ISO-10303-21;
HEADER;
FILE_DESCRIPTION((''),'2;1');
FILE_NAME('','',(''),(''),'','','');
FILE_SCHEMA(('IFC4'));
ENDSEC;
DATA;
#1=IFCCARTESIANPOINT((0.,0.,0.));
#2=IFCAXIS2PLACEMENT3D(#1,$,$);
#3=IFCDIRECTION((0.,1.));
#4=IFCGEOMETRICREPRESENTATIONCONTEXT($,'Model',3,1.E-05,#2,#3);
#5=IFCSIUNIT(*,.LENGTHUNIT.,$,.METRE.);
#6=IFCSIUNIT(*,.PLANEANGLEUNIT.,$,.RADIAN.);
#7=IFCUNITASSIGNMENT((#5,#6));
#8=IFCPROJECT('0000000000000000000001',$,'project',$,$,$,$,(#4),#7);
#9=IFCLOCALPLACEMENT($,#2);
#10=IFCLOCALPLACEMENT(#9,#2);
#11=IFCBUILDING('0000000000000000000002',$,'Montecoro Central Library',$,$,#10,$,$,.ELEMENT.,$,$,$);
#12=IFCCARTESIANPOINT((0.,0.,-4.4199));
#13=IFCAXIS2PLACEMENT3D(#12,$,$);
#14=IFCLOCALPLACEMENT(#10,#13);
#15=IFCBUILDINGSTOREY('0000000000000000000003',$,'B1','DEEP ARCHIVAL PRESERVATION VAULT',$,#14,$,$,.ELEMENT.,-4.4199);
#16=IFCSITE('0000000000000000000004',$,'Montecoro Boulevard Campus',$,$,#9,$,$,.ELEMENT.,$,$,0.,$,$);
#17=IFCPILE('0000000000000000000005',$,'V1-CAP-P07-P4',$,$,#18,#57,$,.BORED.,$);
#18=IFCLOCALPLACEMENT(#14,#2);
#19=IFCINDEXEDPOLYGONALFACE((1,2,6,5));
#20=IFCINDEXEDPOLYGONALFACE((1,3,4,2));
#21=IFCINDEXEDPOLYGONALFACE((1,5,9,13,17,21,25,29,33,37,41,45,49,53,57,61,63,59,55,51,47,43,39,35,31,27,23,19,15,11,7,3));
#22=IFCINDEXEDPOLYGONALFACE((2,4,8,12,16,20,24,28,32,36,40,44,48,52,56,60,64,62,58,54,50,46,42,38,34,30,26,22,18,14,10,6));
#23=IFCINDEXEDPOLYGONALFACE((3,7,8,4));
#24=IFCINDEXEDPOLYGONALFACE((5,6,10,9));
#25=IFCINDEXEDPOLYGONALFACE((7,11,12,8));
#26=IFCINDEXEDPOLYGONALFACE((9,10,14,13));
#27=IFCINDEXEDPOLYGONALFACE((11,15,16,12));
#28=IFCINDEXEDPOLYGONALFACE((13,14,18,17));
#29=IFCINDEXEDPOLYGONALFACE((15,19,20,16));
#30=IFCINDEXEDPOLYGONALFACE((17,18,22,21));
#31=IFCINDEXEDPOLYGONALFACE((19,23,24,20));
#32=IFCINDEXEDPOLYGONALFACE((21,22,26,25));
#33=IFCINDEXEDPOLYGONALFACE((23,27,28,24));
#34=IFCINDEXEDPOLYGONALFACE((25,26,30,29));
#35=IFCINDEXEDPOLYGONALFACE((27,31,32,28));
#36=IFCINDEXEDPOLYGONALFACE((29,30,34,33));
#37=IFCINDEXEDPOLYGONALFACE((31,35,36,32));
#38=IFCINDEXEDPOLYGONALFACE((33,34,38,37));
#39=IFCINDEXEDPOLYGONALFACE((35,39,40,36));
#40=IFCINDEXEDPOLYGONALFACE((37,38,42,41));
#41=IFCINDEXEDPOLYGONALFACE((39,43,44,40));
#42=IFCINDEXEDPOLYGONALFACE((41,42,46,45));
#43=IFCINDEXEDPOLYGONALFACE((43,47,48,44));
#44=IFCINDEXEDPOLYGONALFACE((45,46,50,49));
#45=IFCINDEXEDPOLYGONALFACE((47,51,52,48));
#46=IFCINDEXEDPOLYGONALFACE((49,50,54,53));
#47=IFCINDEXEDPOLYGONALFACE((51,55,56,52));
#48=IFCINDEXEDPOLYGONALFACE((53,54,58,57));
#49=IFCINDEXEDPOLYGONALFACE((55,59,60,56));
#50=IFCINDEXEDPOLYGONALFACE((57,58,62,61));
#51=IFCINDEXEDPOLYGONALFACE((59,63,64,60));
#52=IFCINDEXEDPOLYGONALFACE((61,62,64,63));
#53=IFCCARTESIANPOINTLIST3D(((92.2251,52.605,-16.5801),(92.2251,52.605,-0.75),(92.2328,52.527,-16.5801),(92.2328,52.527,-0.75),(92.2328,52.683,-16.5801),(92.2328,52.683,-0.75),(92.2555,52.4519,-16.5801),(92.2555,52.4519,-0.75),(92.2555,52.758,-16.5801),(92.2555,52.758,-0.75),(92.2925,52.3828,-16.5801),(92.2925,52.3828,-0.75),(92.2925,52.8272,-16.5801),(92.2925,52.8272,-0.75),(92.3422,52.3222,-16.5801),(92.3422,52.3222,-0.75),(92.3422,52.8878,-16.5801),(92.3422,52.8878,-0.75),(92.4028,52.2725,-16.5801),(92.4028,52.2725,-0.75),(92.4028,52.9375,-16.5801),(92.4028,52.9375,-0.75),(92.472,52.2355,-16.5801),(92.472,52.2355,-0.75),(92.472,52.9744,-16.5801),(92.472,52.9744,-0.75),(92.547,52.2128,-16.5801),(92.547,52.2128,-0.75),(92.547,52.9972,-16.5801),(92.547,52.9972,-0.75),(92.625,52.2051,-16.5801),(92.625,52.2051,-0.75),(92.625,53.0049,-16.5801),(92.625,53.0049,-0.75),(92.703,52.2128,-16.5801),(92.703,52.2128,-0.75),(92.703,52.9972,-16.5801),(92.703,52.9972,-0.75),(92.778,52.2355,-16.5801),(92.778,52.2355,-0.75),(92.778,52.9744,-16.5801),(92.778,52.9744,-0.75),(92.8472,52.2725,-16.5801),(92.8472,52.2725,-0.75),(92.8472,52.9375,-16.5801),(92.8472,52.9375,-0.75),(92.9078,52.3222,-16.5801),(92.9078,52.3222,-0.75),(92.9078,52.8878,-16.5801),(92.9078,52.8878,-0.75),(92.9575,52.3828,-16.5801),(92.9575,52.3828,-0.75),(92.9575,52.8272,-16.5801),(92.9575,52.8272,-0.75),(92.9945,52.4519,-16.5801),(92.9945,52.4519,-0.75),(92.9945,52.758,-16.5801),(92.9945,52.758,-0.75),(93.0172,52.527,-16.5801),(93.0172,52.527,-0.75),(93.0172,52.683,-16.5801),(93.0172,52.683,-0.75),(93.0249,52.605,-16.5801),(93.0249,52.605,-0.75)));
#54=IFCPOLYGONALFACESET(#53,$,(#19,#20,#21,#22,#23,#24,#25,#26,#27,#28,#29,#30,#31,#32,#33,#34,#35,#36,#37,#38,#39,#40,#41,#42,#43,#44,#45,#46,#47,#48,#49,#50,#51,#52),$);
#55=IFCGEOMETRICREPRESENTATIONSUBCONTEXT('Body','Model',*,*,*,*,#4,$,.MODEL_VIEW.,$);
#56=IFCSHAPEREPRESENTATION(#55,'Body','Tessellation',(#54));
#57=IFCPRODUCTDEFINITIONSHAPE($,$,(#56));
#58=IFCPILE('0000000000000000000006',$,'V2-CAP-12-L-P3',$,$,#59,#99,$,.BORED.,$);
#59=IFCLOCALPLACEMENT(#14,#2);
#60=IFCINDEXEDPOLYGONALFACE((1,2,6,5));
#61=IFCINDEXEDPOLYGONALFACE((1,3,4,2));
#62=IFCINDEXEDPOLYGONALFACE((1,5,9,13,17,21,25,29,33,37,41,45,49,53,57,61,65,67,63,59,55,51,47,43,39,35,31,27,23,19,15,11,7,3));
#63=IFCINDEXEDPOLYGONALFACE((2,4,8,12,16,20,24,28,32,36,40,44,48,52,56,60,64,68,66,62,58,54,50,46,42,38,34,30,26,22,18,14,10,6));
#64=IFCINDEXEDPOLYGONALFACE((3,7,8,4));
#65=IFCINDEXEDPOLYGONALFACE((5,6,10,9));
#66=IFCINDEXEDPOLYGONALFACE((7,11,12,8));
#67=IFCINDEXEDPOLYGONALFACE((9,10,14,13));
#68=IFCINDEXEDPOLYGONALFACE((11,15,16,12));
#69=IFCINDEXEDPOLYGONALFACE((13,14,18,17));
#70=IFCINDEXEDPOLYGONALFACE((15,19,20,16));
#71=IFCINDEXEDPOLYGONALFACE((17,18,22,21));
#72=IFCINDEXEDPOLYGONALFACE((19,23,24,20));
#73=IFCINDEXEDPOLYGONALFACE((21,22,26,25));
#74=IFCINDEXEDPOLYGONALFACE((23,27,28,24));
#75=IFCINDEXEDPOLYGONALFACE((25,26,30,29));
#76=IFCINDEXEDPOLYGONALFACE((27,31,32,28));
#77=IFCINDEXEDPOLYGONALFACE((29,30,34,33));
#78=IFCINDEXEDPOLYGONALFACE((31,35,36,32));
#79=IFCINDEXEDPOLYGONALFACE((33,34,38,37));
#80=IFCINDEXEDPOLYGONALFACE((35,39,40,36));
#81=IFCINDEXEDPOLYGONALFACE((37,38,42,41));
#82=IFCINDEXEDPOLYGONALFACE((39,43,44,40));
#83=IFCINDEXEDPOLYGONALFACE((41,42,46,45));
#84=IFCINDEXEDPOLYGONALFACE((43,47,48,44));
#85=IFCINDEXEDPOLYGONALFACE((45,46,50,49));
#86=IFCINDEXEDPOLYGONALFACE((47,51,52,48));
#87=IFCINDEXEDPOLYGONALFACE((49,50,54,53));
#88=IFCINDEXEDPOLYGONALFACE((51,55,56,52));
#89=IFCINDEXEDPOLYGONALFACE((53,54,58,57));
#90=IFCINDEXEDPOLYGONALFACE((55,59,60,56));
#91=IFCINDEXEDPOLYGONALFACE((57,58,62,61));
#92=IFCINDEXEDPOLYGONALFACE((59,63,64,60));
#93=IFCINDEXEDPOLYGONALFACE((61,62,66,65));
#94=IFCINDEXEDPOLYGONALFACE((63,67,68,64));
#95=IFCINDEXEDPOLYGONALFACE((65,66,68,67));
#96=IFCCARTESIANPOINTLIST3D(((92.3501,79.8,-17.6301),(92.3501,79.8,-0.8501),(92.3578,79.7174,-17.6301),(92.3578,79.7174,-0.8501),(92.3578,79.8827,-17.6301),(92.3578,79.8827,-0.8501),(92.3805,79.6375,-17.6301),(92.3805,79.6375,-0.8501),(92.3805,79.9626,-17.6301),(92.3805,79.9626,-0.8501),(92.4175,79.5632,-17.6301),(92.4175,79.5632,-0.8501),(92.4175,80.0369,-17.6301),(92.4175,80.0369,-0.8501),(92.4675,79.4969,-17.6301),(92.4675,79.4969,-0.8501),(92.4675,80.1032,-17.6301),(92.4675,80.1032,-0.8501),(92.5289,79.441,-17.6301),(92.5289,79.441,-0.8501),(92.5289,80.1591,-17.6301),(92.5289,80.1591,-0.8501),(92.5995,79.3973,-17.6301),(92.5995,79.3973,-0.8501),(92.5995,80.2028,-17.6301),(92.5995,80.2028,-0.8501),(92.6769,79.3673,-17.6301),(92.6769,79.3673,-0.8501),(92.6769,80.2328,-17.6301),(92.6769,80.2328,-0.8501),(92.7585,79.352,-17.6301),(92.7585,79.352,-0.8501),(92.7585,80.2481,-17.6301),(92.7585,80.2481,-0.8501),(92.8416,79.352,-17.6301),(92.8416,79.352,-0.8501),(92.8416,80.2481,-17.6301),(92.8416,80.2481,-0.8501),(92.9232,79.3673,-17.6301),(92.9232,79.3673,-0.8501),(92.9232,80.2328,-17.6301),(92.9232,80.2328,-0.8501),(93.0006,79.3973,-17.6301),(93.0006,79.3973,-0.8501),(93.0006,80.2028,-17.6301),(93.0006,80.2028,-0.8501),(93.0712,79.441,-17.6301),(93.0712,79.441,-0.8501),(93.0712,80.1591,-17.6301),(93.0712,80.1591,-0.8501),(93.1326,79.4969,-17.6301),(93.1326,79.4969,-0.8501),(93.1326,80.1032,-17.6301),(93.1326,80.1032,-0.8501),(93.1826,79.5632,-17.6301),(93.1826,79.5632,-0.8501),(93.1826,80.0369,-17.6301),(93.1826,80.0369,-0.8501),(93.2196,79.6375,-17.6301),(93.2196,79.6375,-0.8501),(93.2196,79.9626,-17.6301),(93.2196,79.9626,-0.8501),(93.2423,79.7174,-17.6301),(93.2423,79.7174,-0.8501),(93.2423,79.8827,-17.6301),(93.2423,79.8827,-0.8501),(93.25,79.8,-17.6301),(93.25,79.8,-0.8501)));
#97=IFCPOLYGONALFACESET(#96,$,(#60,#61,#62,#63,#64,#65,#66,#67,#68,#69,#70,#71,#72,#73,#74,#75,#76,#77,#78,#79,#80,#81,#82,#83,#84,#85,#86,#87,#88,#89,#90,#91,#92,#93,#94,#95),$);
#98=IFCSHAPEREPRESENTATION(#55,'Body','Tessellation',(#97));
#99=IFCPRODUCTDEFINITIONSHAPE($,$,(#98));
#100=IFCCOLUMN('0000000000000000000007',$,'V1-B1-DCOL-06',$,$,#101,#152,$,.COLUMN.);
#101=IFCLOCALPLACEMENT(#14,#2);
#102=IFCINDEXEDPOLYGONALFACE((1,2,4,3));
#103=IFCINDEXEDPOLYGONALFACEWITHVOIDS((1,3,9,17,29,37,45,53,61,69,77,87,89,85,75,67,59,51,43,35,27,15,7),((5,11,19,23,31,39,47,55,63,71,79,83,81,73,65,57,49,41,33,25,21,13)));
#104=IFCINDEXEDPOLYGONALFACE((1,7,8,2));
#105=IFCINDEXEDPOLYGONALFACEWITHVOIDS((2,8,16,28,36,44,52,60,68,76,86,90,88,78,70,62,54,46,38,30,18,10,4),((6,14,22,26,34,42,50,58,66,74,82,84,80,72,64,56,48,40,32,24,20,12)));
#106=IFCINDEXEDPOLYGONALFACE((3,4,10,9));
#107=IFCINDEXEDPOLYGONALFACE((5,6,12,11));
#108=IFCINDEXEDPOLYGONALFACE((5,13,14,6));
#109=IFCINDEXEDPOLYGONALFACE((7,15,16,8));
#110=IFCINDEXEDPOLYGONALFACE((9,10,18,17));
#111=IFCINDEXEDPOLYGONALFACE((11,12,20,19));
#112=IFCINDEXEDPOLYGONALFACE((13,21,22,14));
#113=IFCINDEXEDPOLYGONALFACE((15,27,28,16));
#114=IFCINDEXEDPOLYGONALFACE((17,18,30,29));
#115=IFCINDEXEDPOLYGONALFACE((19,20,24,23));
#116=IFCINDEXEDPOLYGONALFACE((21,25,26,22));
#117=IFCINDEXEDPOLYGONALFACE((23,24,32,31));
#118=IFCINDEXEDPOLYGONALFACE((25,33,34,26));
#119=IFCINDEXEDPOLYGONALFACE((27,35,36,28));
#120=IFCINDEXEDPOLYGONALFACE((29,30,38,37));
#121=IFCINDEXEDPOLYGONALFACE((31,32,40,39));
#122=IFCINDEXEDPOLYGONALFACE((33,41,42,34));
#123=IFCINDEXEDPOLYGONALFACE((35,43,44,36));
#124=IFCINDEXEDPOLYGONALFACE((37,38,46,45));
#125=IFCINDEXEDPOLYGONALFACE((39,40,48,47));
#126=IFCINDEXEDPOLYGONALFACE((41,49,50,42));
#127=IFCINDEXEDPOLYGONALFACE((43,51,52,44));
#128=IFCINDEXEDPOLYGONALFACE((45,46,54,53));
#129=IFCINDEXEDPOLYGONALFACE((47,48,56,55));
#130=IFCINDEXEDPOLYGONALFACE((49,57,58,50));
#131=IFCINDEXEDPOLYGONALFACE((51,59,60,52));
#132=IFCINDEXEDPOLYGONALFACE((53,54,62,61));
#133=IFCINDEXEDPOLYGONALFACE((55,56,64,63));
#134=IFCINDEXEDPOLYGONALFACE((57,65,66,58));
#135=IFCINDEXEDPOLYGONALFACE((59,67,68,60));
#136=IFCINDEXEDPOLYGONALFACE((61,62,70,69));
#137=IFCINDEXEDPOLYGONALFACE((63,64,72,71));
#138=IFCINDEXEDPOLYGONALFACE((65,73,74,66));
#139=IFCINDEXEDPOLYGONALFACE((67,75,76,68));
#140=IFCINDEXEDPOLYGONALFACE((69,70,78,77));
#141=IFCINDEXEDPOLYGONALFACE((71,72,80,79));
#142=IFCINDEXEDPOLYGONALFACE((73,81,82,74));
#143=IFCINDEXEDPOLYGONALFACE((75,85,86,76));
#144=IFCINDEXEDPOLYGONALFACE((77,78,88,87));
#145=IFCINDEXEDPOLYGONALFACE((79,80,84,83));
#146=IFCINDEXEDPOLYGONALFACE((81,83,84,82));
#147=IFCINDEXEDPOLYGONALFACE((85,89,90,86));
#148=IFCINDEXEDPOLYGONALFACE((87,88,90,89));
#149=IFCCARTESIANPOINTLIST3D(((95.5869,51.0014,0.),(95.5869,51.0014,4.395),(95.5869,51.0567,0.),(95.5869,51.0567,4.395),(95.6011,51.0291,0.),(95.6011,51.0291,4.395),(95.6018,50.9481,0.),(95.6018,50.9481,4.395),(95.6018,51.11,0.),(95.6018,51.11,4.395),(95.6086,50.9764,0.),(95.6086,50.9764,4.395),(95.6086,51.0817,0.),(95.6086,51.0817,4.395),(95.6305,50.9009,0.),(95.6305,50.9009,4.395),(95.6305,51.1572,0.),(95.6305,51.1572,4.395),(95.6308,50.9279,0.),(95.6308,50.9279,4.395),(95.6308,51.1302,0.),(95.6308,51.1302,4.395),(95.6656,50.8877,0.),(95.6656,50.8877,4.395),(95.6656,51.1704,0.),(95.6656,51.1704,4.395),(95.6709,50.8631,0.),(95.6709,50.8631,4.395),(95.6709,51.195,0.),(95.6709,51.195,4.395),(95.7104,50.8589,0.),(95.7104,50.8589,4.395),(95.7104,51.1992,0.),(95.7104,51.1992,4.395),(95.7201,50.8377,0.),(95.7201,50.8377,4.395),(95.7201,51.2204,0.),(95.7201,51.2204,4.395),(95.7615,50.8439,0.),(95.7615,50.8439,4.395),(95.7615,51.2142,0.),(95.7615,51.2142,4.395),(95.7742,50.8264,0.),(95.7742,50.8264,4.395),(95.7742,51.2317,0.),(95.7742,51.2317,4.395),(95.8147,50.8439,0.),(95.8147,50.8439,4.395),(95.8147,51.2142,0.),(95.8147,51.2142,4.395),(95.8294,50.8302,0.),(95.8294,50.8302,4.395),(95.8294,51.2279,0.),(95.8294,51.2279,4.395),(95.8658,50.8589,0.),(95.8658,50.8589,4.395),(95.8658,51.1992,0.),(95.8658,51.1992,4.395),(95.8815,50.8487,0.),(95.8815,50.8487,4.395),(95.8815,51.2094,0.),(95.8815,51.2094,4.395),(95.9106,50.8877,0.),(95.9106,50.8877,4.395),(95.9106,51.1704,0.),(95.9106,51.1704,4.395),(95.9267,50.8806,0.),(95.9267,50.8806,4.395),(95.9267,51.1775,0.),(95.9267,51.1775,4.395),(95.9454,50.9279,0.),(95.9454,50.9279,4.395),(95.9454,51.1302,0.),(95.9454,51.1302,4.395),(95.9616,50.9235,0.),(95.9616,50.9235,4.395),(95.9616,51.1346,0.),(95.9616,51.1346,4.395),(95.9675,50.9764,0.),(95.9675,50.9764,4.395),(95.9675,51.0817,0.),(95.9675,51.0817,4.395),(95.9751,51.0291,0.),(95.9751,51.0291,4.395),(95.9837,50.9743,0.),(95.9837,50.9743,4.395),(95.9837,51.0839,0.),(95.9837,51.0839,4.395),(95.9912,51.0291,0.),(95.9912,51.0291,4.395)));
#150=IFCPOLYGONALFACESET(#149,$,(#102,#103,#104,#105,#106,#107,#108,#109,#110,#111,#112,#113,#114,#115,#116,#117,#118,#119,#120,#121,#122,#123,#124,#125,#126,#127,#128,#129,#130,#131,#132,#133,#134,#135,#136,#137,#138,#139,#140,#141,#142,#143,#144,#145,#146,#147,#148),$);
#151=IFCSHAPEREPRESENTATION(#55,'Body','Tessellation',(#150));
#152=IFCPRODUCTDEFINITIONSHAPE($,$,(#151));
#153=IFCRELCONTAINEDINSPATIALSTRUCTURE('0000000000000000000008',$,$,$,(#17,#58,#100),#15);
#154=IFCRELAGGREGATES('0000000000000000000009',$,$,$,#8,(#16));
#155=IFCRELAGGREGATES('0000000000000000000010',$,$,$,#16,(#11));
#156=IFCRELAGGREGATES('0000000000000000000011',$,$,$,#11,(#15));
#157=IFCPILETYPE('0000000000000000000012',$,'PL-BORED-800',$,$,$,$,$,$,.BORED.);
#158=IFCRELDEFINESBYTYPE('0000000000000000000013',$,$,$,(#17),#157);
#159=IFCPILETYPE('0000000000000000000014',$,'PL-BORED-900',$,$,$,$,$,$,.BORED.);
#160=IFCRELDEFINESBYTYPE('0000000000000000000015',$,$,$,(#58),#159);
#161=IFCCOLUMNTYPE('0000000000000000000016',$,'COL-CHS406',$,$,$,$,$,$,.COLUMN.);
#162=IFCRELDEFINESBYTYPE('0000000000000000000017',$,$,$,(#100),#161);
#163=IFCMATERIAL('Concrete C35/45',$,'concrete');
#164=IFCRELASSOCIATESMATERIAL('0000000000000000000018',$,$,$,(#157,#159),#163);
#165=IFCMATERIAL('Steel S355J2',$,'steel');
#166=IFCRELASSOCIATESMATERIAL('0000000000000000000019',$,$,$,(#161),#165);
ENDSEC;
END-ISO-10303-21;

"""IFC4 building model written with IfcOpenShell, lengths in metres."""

from ifc_helpers import new_model, si_unit, direction, frame, origin, origin_2d, place, context, subcontext, project, spatial, circle, hollow_circle, extrude, material, material_profile, profile_set, type_object, element, save


model = new_model("IFC4")

# Units and contexts
model_context = context("Model", 3, precision=1e-05, world=origin(), true_north=direction((0.0, 1.0)))
body_context = subcontext(model_context, "Body", "Model", "MODEL_VIEW")
ifc_project = project(units=[si_unit("LENGTHUNIT", "METRE"), si_unit("PLANEANGLEUNIT", "RADIAN")], contexts=[model_context])

# Site, building, storey
site_placement = place(None, origin())
site = spatial("IfcSite", under=ifc_project, at=site_placement, Name="Montecoro Boulevard Campus", CompositionType="ELEMENT", RefElevation=0.0)
building_placement = place(site_placement, origin())
building = spatial("IfcBuilding", under=site, at=building_placement, Name="Montecoro Central Library", CompositionType="ELEMENT")
storey_placement = place(building_placement, frame((0.0, 0.0, -4.4199)))
storey = spatial("IfcBuildingStorey", under=building, at=storey_placement, Name="B1", Description="DEEP ARCHIVAL PRESERVATION VAULT", CompositionType="ELEMENT", Elevation=-4.4199)

# Shared definitions
ifc_material_1 = material(Name="Concrete C35/45", Category="concrete")

# Piles
ifc_material_profile_1 = material_profile(ifc_material_1, circle(Radius=0.3999, at=origin_2d()), Name="PILE D800")
ifc_profile_set_1 = profile_set([ifc_material_profile_1], Name="Concrete C35/45")
pile_type_1 = type_object("IfcPileType", Name="PL-BORED-800", PredefinedType="BORED", material=ifc_profile_set_1)
for number, where, z_axis, x_axis, name in (
    (1, (92.625, 52.605, -0.75), (0.0, 0.0, -1.0), (1.0, 0.0, 0.0), "V1-CAP-P07-P4"),
):
    element("IfcPile", number, at=place(storey_placement, frame(where, z_axis=z_axis, x_axis=x_axis)), inside=storey, type_object=pile_type_1, Name=name, PredefinedType="BORED", context=body_context, shape_type="SweptSolid", body=[
        extrude(circle(Radius=0.3999, at=origin_2d()), origin(), (0.0, 0.0, 1.0), 15.8301),
    ])
ifc_material_profile_2 = material_profile(ifc_material_1, circle(Radius=0.45, at=origin_2d()), Name="PILE D900")
ifc_profile_set_2 = profile_set([ifc_material_profile_2], Name="Concrete C35/45")
pile_type_2 = type_object("IfcPileType", Name="PL-BORED-900", PredefinedType="BORED", material=ifc_profile_set_2)
pile_1_placement = place(storey_placement, frame((92.8, 79.8, -0.8501), z_axis=(0.0, 0.0, -1.0), x_axis=(1.0, 0.0, 0.0)))
element("IfcPile", 2, at=pile_1_placement, inside=storey, type_object=pile_type_2, Name="V2-CAP-12-L-P3", PredefinedType="BORED", context=body_context, shape_type="SweptSolid", body=[
    extrude(circle(Radius=0.45, at=origin_2d()), origin(), (0.0, 0.0, 1.0), 16.78),
])

# Column
ifc_material_2 = material(Name="Steel S355J2", Category="steel")
ifc_material_profile_3 = material_profile(ifc_material_2, hollow_circle(Radius=0.2031, WallThickness=0.0161, at=origin_2d()), Name="CHS 406.4x16.0")
ifc_profile_set_3 = profile_set([ifc_material_profile_3], Name="Steel S355J2")
column_type_1 = type_object("IfcColumnType", Name="COL-CHS406", PredefinedType="COLUMN", material=ifc_profile_set_3)
for number, where, z_axis, x_axis, name in (
    (3, (95.7881, 51.0291, 0.0), (0.0, 0.0, 1.0), (1.0, 0.0, 0.0), "V1-B1-DCOL-06"),
):
    element("IfcColumn", number, at=place(storey_placement, frame(where, z_axis=z_axis, x_axis=x_axis)), inside=storey, type_object=column_type_1, Name=name, PredefinedType="COLUMN", context=body_context, shape_type="SweptSolid", body=[
        extrude(hollow_circle(Radius=0.2031, WallThickness=0.0161, at=origin_2d()), origin(), (0.0, 0.0, 1.0), 4.395),
    ])

save(model, "model.ifc")
